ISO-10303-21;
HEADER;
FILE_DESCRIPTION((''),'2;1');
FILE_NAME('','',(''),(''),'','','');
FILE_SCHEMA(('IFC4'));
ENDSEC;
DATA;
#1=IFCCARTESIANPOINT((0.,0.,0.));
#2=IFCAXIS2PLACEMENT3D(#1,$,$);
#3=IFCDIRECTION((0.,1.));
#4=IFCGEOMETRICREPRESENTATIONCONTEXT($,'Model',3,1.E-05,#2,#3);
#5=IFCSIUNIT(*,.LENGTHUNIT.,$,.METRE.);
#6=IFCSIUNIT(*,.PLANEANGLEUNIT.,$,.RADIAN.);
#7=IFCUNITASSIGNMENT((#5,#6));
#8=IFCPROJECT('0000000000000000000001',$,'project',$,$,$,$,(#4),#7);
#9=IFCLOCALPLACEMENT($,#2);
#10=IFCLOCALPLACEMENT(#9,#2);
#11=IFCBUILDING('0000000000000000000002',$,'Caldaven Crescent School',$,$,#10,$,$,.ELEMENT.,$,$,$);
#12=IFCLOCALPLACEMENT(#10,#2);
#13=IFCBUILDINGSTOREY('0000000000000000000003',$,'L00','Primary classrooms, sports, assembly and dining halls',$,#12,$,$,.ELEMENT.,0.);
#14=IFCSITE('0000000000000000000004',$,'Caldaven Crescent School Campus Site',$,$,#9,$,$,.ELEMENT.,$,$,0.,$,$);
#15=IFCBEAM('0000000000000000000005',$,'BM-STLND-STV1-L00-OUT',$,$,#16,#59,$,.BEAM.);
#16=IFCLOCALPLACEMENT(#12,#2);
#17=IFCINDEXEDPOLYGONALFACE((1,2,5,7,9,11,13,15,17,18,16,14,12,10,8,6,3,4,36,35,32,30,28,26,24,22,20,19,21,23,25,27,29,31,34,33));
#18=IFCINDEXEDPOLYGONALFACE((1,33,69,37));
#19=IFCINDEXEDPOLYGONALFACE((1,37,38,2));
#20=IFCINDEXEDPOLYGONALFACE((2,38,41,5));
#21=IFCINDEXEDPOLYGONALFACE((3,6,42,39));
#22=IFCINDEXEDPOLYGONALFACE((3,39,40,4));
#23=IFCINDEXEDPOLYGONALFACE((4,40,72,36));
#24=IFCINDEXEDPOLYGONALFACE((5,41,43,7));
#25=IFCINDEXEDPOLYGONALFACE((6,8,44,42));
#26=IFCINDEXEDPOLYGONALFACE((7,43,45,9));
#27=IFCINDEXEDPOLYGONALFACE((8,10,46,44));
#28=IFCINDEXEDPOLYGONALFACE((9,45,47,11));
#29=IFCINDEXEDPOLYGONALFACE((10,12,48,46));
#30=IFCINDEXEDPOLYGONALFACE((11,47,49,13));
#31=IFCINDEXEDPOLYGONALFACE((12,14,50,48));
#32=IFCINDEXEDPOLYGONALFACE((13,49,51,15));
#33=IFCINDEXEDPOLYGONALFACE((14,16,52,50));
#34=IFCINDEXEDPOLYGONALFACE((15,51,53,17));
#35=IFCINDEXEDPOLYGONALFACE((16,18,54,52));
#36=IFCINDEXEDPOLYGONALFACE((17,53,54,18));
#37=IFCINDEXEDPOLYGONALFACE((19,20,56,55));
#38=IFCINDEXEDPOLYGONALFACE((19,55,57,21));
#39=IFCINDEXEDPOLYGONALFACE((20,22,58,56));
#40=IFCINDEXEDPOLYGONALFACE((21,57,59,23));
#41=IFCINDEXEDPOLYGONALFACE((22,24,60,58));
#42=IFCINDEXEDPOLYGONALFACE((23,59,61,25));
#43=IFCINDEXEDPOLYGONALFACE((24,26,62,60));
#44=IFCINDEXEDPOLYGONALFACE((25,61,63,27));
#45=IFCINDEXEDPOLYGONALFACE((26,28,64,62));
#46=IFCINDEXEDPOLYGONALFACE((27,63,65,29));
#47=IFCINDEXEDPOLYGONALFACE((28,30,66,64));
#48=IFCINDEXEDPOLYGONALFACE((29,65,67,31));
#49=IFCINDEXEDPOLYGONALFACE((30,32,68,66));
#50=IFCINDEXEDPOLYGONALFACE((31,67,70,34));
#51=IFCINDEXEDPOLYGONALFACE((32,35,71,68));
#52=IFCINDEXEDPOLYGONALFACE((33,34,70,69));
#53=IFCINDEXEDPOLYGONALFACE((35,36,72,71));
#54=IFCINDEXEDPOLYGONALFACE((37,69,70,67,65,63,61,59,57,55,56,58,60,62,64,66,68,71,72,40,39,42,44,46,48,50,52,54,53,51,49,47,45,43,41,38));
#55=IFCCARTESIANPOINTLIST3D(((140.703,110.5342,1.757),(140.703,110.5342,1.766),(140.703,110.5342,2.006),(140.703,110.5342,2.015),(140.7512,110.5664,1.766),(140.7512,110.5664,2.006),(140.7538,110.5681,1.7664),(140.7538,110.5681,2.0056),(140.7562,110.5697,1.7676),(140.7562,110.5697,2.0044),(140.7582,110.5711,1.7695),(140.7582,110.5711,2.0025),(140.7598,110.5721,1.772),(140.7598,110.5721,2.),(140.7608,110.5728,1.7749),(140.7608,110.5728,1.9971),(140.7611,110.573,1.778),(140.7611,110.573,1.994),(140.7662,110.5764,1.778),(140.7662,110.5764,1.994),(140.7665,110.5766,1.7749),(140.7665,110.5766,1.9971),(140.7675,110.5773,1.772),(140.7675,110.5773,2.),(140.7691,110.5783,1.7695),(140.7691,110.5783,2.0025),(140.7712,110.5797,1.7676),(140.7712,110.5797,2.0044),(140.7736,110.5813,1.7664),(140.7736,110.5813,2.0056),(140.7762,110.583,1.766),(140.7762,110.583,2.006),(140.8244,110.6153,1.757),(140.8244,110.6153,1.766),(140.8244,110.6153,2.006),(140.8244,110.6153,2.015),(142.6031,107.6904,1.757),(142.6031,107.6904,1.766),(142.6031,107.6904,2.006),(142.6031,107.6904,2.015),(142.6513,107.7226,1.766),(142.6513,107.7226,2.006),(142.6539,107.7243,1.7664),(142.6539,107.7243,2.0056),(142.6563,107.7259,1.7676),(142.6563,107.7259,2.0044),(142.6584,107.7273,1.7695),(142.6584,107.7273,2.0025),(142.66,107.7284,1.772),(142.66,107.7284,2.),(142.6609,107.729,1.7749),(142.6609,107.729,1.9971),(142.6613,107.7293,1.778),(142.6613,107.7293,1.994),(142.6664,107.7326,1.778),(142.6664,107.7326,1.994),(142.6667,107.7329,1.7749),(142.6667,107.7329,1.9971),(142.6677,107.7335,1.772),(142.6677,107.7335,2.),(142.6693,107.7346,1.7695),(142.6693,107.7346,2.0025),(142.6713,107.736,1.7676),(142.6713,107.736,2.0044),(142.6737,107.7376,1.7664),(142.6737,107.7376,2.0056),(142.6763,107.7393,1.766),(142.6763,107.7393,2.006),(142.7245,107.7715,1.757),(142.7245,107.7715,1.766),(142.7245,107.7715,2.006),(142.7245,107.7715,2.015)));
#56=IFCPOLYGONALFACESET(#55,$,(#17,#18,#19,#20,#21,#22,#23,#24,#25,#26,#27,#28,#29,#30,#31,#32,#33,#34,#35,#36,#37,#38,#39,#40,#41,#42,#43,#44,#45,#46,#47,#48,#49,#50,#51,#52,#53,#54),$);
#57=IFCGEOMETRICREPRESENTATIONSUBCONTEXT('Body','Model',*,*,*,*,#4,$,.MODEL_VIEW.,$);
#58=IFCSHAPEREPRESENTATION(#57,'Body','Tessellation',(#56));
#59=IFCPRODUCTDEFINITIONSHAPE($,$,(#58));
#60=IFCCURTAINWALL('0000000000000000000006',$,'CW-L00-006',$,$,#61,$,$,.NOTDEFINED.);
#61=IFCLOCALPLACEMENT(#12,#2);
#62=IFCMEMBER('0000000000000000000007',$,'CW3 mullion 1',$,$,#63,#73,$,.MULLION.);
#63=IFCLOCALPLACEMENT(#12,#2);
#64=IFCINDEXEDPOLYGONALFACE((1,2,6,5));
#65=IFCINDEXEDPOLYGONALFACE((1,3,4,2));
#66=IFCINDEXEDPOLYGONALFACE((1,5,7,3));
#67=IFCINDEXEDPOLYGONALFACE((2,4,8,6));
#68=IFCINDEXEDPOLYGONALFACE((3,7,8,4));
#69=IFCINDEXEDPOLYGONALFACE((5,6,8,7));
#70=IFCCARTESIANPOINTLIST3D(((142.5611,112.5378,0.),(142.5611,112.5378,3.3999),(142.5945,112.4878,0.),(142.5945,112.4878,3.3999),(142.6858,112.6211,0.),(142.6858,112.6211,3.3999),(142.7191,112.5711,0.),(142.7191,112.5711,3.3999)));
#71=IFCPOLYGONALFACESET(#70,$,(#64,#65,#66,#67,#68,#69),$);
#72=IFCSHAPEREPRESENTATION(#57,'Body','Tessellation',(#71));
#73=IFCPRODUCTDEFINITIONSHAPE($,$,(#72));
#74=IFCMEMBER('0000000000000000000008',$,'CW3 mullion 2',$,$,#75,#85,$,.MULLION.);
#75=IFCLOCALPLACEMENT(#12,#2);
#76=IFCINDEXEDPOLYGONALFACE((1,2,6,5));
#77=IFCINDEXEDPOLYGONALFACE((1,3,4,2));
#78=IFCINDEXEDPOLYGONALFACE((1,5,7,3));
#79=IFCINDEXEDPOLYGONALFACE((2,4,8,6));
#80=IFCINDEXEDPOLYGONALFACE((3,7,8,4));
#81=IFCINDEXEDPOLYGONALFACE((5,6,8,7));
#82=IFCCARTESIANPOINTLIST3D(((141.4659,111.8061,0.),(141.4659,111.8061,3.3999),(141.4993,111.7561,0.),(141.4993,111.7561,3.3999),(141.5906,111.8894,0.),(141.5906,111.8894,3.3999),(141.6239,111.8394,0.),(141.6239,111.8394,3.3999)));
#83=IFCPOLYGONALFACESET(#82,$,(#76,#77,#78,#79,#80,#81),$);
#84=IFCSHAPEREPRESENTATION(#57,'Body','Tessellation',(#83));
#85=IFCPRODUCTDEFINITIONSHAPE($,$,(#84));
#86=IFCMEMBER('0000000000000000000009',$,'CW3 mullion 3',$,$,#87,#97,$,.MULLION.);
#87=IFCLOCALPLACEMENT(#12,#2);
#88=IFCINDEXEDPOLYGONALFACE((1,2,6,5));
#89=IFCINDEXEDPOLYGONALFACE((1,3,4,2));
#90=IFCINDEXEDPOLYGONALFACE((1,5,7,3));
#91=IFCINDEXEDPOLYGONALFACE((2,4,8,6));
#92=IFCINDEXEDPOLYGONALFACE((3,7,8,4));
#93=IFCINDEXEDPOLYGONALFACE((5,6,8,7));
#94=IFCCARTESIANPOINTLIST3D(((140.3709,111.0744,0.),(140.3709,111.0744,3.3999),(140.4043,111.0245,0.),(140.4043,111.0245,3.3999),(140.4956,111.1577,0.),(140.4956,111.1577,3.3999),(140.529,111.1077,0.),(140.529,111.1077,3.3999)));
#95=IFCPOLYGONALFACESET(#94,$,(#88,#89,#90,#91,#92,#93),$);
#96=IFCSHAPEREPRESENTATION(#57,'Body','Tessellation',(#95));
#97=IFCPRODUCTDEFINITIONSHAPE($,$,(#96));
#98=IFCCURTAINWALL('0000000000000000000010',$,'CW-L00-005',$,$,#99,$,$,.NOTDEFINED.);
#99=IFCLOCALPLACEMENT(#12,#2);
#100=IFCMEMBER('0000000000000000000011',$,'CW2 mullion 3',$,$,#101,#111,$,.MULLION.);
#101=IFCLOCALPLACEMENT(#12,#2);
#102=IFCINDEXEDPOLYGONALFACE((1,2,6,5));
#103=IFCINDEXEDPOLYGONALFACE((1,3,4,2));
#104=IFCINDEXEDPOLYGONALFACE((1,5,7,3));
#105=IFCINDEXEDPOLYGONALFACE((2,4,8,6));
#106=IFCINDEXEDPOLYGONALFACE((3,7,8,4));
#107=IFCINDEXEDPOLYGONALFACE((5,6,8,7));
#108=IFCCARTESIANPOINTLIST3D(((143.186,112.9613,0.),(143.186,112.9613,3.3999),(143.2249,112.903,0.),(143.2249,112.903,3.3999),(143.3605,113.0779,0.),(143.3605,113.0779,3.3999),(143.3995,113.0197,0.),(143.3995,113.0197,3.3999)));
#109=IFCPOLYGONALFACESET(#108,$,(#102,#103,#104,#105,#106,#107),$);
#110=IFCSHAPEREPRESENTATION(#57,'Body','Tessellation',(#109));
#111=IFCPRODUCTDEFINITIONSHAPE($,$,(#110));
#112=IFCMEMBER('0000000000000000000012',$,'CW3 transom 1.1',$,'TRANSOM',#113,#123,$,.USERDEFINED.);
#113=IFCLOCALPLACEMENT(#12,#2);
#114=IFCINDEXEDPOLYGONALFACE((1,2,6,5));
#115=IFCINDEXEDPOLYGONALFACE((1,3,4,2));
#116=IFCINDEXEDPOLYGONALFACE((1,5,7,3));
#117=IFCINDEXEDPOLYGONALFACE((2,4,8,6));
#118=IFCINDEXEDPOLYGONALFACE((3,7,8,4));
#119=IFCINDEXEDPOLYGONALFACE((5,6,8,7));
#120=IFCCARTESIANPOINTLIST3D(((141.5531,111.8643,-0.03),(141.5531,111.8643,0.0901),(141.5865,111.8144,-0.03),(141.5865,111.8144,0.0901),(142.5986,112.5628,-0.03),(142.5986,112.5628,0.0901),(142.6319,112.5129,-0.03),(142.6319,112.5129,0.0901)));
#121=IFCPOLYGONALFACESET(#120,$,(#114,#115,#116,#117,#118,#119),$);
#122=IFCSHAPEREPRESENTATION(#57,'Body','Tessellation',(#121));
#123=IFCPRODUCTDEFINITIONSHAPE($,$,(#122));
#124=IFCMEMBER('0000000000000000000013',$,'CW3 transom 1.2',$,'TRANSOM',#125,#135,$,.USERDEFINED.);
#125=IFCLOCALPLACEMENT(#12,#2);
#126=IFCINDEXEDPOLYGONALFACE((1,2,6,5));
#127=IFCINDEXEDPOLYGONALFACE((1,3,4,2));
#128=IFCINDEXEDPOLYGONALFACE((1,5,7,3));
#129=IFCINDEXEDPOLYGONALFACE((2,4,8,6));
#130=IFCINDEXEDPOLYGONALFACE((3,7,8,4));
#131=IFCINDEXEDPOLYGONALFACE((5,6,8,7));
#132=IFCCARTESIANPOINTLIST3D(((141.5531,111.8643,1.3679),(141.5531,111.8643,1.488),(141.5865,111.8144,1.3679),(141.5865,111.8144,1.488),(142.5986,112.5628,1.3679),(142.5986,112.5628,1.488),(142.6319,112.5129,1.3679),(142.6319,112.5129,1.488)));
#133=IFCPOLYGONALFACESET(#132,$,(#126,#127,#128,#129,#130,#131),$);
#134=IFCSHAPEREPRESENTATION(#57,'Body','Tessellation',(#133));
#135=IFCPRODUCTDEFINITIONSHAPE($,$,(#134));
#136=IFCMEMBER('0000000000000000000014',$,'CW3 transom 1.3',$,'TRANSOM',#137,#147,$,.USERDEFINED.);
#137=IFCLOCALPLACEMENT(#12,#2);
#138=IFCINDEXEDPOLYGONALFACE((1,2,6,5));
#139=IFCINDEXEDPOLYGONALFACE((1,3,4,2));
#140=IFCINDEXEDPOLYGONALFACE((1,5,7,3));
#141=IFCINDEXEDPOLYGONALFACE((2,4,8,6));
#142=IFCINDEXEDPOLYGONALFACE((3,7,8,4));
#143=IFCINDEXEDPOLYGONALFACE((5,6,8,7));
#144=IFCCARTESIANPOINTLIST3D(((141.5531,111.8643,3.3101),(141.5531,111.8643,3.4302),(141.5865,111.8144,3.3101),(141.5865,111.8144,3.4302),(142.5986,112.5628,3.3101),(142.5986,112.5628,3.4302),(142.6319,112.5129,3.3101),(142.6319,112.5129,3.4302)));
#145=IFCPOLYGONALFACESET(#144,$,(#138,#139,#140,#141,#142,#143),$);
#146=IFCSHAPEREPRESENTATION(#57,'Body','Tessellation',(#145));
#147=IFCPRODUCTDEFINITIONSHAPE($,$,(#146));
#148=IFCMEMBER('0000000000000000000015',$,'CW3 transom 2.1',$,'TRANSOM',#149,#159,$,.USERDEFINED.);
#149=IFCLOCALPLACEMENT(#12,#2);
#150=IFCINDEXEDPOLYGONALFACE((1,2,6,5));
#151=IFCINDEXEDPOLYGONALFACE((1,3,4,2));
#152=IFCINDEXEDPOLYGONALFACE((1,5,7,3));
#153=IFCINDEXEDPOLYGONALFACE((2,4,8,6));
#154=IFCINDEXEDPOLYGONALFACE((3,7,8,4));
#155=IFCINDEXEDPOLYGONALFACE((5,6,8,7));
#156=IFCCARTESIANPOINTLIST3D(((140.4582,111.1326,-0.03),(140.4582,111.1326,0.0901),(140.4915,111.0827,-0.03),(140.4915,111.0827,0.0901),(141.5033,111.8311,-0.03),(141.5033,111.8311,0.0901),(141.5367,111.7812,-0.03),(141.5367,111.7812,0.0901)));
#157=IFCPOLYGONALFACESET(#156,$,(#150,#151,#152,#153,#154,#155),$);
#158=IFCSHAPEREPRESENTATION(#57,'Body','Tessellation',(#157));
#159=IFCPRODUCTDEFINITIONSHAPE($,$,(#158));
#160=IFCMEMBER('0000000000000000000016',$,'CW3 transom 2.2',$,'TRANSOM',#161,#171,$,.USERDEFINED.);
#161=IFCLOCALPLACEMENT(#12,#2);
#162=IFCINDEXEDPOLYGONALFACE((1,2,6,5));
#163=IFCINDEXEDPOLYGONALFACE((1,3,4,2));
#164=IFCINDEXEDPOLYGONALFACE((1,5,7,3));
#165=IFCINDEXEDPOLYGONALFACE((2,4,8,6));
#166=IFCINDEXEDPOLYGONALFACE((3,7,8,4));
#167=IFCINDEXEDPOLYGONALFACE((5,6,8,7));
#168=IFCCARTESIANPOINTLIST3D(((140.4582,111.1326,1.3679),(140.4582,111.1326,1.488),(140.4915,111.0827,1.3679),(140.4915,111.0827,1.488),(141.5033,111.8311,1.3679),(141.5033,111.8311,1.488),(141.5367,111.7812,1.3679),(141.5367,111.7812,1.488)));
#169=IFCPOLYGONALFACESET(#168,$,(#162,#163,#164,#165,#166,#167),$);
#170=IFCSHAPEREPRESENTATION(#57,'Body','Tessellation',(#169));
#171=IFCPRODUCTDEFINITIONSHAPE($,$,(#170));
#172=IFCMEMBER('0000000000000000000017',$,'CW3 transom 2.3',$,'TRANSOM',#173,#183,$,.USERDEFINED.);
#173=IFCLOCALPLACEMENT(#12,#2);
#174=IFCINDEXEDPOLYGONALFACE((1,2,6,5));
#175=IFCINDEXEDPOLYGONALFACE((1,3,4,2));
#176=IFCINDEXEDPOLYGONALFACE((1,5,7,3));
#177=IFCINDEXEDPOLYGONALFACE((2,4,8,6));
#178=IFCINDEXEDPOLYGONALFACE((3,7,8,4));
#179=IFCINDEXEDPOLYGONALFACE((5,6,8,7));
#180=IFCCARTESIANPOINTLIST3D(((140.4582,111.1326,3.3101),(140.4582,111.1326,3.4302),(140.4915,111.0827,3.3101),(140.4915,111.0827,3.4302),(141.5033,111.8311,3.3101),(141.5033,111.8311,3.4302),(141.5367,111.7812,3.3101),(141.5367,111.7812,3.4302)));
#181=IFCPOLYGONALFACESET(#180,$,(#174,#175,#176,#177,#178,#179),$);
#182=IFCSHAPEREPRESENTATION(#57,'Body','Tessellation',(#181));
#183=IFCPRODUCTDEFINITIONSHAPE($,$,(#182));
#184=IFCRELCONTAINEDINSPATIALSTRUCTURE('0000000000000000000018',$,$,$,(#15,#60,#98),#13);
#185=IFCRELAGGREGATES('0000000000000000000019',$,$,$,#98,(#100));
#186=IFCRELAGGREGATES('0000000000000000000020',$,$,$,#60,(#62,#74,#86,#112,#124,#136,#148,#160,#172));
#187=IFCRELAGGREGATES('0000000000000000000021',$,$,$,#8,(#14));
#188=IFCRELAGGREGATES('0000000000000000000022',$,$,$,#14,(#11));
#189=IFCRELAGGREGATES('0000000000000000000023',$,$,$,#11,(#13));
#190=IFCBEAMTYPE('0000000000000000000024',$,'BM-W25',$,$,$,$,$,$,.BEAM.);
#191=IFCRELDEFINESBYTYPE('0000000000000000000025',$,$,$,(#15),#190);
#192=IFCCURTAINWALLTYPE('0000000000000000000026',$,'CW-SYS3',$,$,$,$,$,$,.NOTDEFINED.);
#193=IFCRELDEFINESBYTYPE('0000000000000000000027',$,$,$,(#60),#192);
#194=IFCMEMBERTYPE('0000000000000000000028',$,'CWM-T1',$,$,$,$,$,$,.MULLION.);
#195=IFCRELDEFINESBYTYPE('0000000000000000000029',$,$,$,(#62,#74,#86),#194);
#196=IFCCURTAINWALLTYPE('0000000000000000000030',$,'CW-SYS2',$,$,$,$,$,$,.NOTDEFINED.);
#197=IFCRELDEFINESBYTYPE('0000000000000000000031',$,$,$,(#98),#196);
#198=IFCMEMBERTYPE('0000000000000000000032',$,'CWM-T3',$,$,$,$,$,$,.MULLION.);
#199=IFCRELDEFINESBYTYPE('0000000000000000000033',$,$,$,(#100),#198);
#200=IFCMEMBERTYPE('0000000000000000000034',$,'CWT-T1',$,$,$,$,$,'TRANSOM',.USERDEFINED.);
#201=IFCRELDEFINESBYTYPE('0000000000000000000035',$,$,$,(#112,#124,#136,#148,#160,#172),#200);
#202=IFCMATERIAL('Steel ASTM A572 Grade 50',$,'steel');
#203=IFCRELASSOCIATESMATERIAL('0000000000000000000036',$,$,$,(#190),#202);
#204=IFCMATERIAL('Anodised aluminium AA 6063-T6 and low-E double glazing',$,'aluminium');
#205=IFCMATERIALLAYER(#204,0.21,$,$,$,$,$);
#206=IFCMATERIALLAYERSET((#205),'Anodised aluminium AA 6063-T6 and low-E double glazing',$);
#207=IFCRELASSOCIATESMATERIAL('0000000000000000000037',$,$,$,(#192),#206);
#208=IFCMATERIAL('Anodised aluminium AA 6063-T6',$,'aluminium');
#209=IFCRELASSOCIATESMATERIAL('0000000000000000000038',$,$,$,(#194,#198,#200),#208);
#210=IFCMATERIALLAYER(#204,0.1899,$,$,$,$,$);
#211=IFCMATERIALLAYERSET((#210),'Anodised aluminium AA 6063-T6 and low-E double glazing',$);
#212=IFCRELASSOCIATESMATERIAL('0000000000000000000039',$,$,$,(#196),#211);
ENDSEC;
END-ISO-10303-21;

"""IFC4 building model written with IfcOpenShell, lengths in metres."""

from ifc_helpers import new_model, si_unit, direction, frame, origin, origin_2d, place, context, subcontext, project, spatial, rectangle, i_section, extrude, material, layer, layer_set, material_profile, profile_set, type_object, element, aggregate, save


model = new_model("IFC4")

# Units and contexts
model_context = context("Model", 3, precision=1e-05, world=origin(), true_north=direction((0.0, 1.0)))
body_context = subcontext(model_context, "Body", "Model", "MODEL_VIEW")
ifc_project = project(units=[si_unit("LENGTHUNIT", "METRE"), si_unit("PLANEANGLEUNIT", "RADIAN")], contexts=[model_context])

# Site, building, storey
site_placement = place(None, origin())
site = spatial("IfcSite", under=ifc_project, at=site_placement, Name="Caldaven Crescent School Campus Site", CompositionType="ELEMENT", RefElevation=0.0)
building_placement = place(site_placement, origin())
building = spatial("IfcBuilding", under=site, at=building_placement, Name="Caldaven Crescent School", CompositionType="ELEMENT")
storey_placement = place(building_placement, origin())
storey = spatial("IfcBuildingStorey", under=building, at=storey_placement, Name="L00", Description="Primary classrooms, sports, assembly and dining halls", CompositionType="ELEMENT", Elevation=0.0)

# Shared definitions
ifc_material_1 = material(Name="Steel ASTM A572 Grade 50", Category="steel")

# Beam
ifc_material_profile_1 = material_profile(ifc_material_1, i_section(OverallWidth=0.146, OverallDepth=0.2581, WebThickness=0.0061, FlangeThickness=0.009, FilletRadius=0.012, at=origin_2d()), Name="W250x33")
ifc_profile_set_1 = profile_set([ifc_material_profile_1], Name="Steel ASTM A572 Grade 50")
beam_type_1 = type_object("IfcBeamType", Name="BM-W25", PredefinedType="BEAM", material=ifc_profile_set_1)
beam_1_placement = place(storey_placement, frame((140.7637, 110.5747, 1.886), z_axis=(0.555573, -0.831468, 0.0), x_axis=(0.831468, 0.555573, 0.0)))
element("IfcBeam", 1, at=beam_1_placement, inside=storey, type_object=beam_type_1, Name="BM-STLND-STV1-L00-OUT", PredefinedType="BEAM", context=body_context, shape_type="SweptSolid", body=[
    extrude(i_section(OverallWidth=0.146, OverallDepth=0.2581, WebThickness=0.0061, FlangeThickness=0.009, FilletRadius=0.012, at=origin_2d()), origin(), (0.0, 0.0, 1.0), 3.4202),
])

# Curtain wall, members
ifc_material_2 = material(Name="Anodised aluminium AA 6063-T6 and low-E double glazing", Category="aluminium")
ifc_layer_1 = layer(ifc_material_2, 0.21)
ifc_layer_set_1 = layer_set([ifc_layer_1], Name="Anodised aluminium AA 6063-T6 and low-E double glazing")
curtain_wall_type_1 = type_object("IfcCurtainWallType", Name="CW-SYS3", PredefinedType="NOTDEFINED", material=ifc_layer_set_1)
curtain_wall_1_placement = place(storey_placement, origin())
curtain_wall_1 = element("IfcCurtainWall", 2, at=curtain_wall_1_placement, inside=storey, type_object=curtain_wall_type_1, Name="CW-L00-006", PredefinedType="NOTDEFINED")
ifc_material_3 = material(Name="Anodised aluminium AA 6063-T6", Category="aluminium")
ifc_material_profile_2 = material_profile(ifc_material_3, rectangle(XDim=0.0601, YDim=0.1499, at=origin_2d()), Name="CWM 60x150")
ifc_profile_set_2 = profile_set([ifc_material_profile_2], Name="Anodised aluminium AA 6063-T6")
member_type_1 = type_object("IfcMemberType", Name="CWM-T1", PredefinedType="MULLION", material=ifc_profile_set_2)
member_1_placement = place(storey_placement, frame((142.6401, 112.5544, 0.0), z_axis=(0.0, 0.0, 1.0), x_axis=(0.555572, -0.831469, 0.0)))
member_1 = element("IfcMember", 3, at=member_1_placement, type_object=member_type_1, Name="CW3 mullion 1", PredefinedType="MULLION", context=body_context, shape_type="SweptSolid", body=[
    extrude(rectangle(XDim=0.0601, YDim=0.1499, at=origin_2d()), origin(), (0.0, 0.0, 1.0), 3.3999),
])
member_2_placement = place(storey_placement, frame((141.5449, 111.8228, 0.0), z_axis=(0.0, 0.0, 1.0), x_axis=(0.555572, -0.831469, 0.0)))
member_2 = element("IfcMember", 4, at=member_2_placement, type_object=member_type_1, Name="CW3 mullion 2", PredefinedType="MULLION", context=body_context, shape_type="SweptSolid", body=[
    extrude(rectangle(XDim=0.0601, YDim=0.1499, at=origin_2d()), origin(), (0.0, 0.0, 1.0), 3.3999),
])
member_3_placement = place(storey_placement, frame((140.45, 111.0911, 0.0), z_axis=(0.0, 0.0, 1.0), x_axis=(0.555572, -0.831469, 0.0)))
member_3 = element("IfcMember", 5, at=member_3_placement, type_object=member_type_1, Name="CW3 mullion 3", PredefinedType="MULLION", context=body_context, shape_type="SweptSolid", body=[
    extrude(rectangle(XDim=0.0601, YDim=0.1499, at=origin_2d()), origin(), (0.0, 0.0, 1.0), 3.3999),
])

# Curtain wall, member
ifc_layer_2 = layer(ifc_material_2, 0.1899)
ifc_layer_set_2 = layer_set([ifc_layer_2], Name="Anodised aluminium AA 6063-T6 and low-E double glazing")
curtain_wall_type_2 = type_object("IfcCurtainWallType", Name="CW-SYS2", PredefinedType="NOTDEFINED", material=ifc_layer_set_2)
curtain_wall_2_placement = place(storey_placement, origin())
curtain_wall_2 = element("IfcCurtainWall", 6, at=curtain_wall_2_placement, inside=storey, type_object=curtain_wall_type_2, Name="CW-L00-005", PredefinedType="NOTDEFINED")
ifc_material_profile_3 = material_profile(ifc_material_3, rectangle(XDim=0.0701, YDim=0.21, at=origin_2d()), Name="CWM 70x210")
ifc_profile_set_3 = profile_set([ifc_material_profile_3], Name="Anodised aluminium AA 6063-T6")
member_type_2 = type_object("IfcMemberType", Name="CWM-T3", PredefinedType="MULLION", material=ifc_profile_set_3)
member_4_placement = place(storey_placement, frame((143.2927, 112.9905, 0.0), z_axis=(0.0, 0.0, 1.0), x_axis=(0.555569, -0.83147, 0.0)))
member_4 = element("IfcMember", 7, at=member_4_placement, type_object=member_type_2, Name="CW2 mullion 3", PredefinedType="MULLION", context=body_context, shape_type="SweptSolid", body=[
    extrude(rectangle(XDim=0.0701, YDim=0.21, at=origin_2d()), origin(), (0.0, 0.0, 1.0), 3.3999),
])
aggregate(curtain_wall_2, [member_4])

# Members
ifc_material_profile_4 = material_profile(ifc_material_3, rectangle(XDim=0.0601, YDim=0.1201, at=origin_2d()), Name="CWT 60x120")
ifc_profile_set_4 = profile_set([ifc_material_profile_4], Name="Anodised aluminium AA 6063-T6")
member_type_3 = type_object("IfcMemberType", Name="CWT-T1", ElementType="TRANSOM", PredefinedType="USERDEFINED", material=ifc_profile_set_4)
member_5_placement = place(storey_placement, frame((142.6152, 112.5378, 0.03), z_axis=(-0.831482, -0.555551, 0.0), x_axis=(0.555551, -0.831482, 0.0)))
member_5 = element("IfcMember", 8, at=member_5_placement, type_object=member_type_3, Name="CW3 transom 1.1", ObjectType="TRANSOM", PredefinedType="USERDEFINED", context=body_context, shape_type="SweptSolid", body=[
    extrude(rectangle(XDim=0.0601, YDim=0.1201, at=origin_2d()), origin(), (0.0, 0.0, 1.0), 1.2573),
])
member_6_placement = place(storey_placement, frame((142.6152, 112.5378, 1.428), z_axis=(-0.831482, -0.555551, 0.0), x_axis=(0.555551, -0.831482, 0.0)))
member_6 = element("IfcMember", 9, at=member_6_placement, type_object=member_type_3, Name="CW3 transom 1.2", ObjectType="TRANSOM", PredefinedType="USERDEFINED", context=body_context, shape_type="SweptSolid", body=[
    extrude(rectangle(XDim=0.0601, YDim=0.1201, at=origin_2d()), origin(), (0.0, 0.0, 1.0), 1.2573),
])
member_7_placement = place(storey_placement, frame((142.6152, 112.5378, 3.3701), z_axis=(-0.831482, -0.555551, 0.0), x_axis=(0.555551, -0.831482, 0.0)))
member_7 = element("IfcMember", 10, at=member_7_placement, type_object=member_type_3, Name="CW3 transom 1.3", ObjectType="TRANSOM", PredefinedType="USERDEFINED", context=body_context, shape_type="SweptSolid", body=[
    extrude(rectangle(XDim=0.0601, YDim=0.1201, at=origin_2d()), origin(), (0.0, 0.0, 1.0), 1.2573),
])
member_8_placement = place(storey_placement, frame((141.52, 111.8062, 0.03), z_axis=(-0.831422, -0.555641, 0.0), x_axis=(0.555641, -0.831422, 0.0)))
member_8 = element("IfcMember", 11, at=member_8_placement, type_object=member_type_3, Name="CW3 transom 2.1", ObjectType="TRANSOM", PredefinedType="USERDEFINED", context=body_context, shape_type="SweptSolid", body=[
    extrude(rectangle(XDim=0.0601, YDim=0.1201, at=origin_2d()), origin(), (0.0, 0.0, 1.0), 1.2571),
])
member_9_placement = place(storey_placement, frame((141.52, 111.8062, 1.428), z_axis=(-0.831422, -0.555641, 0.0), x_axis=(0.555641, -0.831422, 0.0)))
member_9 = element("IfcMember", 12, at=member_9_placement, type_object=member_type_3, Name="CW3 transom 2.2", ObjectType="TRANSOM", PredefinedType="USERDEFINED", context=body_context, shape_type="SweptSolid", body=[
    extrude(rectangle(XDim=0.0601, YDim=0.1201, at=origin_2d()), origin(), (0.0, 0.0, 1.0), 1.2571),
])
member_10_placement = place(storey_placement, frame((141.52, 111.8062, 3.3701), z_axis=(-0.831422, -0.555641, 0.0), x_axis=(0.555641, -0.831422, 0.0)))
member_10 = element("IfcMember", 13, at=member_10_placement, type_object=member_type_3, Name="CW3 transom 2.3", ObjectType="TRANSOM", PredefinedType="USERDEFINED", context=body_context, shape_type="SweptSolid", body=[
    extrude(rectangle(XDim=0.0601, YDim=0.1201, at=origin_2d()), origin(), (0.0, 0.0, 1.0), 1.2571),
])

aggregate(curtain_wall_1, [member_1, member_2, member_3, member_5, member_6, member_7, member_8, member_9, member_10])

save(model, "model.ifc")
